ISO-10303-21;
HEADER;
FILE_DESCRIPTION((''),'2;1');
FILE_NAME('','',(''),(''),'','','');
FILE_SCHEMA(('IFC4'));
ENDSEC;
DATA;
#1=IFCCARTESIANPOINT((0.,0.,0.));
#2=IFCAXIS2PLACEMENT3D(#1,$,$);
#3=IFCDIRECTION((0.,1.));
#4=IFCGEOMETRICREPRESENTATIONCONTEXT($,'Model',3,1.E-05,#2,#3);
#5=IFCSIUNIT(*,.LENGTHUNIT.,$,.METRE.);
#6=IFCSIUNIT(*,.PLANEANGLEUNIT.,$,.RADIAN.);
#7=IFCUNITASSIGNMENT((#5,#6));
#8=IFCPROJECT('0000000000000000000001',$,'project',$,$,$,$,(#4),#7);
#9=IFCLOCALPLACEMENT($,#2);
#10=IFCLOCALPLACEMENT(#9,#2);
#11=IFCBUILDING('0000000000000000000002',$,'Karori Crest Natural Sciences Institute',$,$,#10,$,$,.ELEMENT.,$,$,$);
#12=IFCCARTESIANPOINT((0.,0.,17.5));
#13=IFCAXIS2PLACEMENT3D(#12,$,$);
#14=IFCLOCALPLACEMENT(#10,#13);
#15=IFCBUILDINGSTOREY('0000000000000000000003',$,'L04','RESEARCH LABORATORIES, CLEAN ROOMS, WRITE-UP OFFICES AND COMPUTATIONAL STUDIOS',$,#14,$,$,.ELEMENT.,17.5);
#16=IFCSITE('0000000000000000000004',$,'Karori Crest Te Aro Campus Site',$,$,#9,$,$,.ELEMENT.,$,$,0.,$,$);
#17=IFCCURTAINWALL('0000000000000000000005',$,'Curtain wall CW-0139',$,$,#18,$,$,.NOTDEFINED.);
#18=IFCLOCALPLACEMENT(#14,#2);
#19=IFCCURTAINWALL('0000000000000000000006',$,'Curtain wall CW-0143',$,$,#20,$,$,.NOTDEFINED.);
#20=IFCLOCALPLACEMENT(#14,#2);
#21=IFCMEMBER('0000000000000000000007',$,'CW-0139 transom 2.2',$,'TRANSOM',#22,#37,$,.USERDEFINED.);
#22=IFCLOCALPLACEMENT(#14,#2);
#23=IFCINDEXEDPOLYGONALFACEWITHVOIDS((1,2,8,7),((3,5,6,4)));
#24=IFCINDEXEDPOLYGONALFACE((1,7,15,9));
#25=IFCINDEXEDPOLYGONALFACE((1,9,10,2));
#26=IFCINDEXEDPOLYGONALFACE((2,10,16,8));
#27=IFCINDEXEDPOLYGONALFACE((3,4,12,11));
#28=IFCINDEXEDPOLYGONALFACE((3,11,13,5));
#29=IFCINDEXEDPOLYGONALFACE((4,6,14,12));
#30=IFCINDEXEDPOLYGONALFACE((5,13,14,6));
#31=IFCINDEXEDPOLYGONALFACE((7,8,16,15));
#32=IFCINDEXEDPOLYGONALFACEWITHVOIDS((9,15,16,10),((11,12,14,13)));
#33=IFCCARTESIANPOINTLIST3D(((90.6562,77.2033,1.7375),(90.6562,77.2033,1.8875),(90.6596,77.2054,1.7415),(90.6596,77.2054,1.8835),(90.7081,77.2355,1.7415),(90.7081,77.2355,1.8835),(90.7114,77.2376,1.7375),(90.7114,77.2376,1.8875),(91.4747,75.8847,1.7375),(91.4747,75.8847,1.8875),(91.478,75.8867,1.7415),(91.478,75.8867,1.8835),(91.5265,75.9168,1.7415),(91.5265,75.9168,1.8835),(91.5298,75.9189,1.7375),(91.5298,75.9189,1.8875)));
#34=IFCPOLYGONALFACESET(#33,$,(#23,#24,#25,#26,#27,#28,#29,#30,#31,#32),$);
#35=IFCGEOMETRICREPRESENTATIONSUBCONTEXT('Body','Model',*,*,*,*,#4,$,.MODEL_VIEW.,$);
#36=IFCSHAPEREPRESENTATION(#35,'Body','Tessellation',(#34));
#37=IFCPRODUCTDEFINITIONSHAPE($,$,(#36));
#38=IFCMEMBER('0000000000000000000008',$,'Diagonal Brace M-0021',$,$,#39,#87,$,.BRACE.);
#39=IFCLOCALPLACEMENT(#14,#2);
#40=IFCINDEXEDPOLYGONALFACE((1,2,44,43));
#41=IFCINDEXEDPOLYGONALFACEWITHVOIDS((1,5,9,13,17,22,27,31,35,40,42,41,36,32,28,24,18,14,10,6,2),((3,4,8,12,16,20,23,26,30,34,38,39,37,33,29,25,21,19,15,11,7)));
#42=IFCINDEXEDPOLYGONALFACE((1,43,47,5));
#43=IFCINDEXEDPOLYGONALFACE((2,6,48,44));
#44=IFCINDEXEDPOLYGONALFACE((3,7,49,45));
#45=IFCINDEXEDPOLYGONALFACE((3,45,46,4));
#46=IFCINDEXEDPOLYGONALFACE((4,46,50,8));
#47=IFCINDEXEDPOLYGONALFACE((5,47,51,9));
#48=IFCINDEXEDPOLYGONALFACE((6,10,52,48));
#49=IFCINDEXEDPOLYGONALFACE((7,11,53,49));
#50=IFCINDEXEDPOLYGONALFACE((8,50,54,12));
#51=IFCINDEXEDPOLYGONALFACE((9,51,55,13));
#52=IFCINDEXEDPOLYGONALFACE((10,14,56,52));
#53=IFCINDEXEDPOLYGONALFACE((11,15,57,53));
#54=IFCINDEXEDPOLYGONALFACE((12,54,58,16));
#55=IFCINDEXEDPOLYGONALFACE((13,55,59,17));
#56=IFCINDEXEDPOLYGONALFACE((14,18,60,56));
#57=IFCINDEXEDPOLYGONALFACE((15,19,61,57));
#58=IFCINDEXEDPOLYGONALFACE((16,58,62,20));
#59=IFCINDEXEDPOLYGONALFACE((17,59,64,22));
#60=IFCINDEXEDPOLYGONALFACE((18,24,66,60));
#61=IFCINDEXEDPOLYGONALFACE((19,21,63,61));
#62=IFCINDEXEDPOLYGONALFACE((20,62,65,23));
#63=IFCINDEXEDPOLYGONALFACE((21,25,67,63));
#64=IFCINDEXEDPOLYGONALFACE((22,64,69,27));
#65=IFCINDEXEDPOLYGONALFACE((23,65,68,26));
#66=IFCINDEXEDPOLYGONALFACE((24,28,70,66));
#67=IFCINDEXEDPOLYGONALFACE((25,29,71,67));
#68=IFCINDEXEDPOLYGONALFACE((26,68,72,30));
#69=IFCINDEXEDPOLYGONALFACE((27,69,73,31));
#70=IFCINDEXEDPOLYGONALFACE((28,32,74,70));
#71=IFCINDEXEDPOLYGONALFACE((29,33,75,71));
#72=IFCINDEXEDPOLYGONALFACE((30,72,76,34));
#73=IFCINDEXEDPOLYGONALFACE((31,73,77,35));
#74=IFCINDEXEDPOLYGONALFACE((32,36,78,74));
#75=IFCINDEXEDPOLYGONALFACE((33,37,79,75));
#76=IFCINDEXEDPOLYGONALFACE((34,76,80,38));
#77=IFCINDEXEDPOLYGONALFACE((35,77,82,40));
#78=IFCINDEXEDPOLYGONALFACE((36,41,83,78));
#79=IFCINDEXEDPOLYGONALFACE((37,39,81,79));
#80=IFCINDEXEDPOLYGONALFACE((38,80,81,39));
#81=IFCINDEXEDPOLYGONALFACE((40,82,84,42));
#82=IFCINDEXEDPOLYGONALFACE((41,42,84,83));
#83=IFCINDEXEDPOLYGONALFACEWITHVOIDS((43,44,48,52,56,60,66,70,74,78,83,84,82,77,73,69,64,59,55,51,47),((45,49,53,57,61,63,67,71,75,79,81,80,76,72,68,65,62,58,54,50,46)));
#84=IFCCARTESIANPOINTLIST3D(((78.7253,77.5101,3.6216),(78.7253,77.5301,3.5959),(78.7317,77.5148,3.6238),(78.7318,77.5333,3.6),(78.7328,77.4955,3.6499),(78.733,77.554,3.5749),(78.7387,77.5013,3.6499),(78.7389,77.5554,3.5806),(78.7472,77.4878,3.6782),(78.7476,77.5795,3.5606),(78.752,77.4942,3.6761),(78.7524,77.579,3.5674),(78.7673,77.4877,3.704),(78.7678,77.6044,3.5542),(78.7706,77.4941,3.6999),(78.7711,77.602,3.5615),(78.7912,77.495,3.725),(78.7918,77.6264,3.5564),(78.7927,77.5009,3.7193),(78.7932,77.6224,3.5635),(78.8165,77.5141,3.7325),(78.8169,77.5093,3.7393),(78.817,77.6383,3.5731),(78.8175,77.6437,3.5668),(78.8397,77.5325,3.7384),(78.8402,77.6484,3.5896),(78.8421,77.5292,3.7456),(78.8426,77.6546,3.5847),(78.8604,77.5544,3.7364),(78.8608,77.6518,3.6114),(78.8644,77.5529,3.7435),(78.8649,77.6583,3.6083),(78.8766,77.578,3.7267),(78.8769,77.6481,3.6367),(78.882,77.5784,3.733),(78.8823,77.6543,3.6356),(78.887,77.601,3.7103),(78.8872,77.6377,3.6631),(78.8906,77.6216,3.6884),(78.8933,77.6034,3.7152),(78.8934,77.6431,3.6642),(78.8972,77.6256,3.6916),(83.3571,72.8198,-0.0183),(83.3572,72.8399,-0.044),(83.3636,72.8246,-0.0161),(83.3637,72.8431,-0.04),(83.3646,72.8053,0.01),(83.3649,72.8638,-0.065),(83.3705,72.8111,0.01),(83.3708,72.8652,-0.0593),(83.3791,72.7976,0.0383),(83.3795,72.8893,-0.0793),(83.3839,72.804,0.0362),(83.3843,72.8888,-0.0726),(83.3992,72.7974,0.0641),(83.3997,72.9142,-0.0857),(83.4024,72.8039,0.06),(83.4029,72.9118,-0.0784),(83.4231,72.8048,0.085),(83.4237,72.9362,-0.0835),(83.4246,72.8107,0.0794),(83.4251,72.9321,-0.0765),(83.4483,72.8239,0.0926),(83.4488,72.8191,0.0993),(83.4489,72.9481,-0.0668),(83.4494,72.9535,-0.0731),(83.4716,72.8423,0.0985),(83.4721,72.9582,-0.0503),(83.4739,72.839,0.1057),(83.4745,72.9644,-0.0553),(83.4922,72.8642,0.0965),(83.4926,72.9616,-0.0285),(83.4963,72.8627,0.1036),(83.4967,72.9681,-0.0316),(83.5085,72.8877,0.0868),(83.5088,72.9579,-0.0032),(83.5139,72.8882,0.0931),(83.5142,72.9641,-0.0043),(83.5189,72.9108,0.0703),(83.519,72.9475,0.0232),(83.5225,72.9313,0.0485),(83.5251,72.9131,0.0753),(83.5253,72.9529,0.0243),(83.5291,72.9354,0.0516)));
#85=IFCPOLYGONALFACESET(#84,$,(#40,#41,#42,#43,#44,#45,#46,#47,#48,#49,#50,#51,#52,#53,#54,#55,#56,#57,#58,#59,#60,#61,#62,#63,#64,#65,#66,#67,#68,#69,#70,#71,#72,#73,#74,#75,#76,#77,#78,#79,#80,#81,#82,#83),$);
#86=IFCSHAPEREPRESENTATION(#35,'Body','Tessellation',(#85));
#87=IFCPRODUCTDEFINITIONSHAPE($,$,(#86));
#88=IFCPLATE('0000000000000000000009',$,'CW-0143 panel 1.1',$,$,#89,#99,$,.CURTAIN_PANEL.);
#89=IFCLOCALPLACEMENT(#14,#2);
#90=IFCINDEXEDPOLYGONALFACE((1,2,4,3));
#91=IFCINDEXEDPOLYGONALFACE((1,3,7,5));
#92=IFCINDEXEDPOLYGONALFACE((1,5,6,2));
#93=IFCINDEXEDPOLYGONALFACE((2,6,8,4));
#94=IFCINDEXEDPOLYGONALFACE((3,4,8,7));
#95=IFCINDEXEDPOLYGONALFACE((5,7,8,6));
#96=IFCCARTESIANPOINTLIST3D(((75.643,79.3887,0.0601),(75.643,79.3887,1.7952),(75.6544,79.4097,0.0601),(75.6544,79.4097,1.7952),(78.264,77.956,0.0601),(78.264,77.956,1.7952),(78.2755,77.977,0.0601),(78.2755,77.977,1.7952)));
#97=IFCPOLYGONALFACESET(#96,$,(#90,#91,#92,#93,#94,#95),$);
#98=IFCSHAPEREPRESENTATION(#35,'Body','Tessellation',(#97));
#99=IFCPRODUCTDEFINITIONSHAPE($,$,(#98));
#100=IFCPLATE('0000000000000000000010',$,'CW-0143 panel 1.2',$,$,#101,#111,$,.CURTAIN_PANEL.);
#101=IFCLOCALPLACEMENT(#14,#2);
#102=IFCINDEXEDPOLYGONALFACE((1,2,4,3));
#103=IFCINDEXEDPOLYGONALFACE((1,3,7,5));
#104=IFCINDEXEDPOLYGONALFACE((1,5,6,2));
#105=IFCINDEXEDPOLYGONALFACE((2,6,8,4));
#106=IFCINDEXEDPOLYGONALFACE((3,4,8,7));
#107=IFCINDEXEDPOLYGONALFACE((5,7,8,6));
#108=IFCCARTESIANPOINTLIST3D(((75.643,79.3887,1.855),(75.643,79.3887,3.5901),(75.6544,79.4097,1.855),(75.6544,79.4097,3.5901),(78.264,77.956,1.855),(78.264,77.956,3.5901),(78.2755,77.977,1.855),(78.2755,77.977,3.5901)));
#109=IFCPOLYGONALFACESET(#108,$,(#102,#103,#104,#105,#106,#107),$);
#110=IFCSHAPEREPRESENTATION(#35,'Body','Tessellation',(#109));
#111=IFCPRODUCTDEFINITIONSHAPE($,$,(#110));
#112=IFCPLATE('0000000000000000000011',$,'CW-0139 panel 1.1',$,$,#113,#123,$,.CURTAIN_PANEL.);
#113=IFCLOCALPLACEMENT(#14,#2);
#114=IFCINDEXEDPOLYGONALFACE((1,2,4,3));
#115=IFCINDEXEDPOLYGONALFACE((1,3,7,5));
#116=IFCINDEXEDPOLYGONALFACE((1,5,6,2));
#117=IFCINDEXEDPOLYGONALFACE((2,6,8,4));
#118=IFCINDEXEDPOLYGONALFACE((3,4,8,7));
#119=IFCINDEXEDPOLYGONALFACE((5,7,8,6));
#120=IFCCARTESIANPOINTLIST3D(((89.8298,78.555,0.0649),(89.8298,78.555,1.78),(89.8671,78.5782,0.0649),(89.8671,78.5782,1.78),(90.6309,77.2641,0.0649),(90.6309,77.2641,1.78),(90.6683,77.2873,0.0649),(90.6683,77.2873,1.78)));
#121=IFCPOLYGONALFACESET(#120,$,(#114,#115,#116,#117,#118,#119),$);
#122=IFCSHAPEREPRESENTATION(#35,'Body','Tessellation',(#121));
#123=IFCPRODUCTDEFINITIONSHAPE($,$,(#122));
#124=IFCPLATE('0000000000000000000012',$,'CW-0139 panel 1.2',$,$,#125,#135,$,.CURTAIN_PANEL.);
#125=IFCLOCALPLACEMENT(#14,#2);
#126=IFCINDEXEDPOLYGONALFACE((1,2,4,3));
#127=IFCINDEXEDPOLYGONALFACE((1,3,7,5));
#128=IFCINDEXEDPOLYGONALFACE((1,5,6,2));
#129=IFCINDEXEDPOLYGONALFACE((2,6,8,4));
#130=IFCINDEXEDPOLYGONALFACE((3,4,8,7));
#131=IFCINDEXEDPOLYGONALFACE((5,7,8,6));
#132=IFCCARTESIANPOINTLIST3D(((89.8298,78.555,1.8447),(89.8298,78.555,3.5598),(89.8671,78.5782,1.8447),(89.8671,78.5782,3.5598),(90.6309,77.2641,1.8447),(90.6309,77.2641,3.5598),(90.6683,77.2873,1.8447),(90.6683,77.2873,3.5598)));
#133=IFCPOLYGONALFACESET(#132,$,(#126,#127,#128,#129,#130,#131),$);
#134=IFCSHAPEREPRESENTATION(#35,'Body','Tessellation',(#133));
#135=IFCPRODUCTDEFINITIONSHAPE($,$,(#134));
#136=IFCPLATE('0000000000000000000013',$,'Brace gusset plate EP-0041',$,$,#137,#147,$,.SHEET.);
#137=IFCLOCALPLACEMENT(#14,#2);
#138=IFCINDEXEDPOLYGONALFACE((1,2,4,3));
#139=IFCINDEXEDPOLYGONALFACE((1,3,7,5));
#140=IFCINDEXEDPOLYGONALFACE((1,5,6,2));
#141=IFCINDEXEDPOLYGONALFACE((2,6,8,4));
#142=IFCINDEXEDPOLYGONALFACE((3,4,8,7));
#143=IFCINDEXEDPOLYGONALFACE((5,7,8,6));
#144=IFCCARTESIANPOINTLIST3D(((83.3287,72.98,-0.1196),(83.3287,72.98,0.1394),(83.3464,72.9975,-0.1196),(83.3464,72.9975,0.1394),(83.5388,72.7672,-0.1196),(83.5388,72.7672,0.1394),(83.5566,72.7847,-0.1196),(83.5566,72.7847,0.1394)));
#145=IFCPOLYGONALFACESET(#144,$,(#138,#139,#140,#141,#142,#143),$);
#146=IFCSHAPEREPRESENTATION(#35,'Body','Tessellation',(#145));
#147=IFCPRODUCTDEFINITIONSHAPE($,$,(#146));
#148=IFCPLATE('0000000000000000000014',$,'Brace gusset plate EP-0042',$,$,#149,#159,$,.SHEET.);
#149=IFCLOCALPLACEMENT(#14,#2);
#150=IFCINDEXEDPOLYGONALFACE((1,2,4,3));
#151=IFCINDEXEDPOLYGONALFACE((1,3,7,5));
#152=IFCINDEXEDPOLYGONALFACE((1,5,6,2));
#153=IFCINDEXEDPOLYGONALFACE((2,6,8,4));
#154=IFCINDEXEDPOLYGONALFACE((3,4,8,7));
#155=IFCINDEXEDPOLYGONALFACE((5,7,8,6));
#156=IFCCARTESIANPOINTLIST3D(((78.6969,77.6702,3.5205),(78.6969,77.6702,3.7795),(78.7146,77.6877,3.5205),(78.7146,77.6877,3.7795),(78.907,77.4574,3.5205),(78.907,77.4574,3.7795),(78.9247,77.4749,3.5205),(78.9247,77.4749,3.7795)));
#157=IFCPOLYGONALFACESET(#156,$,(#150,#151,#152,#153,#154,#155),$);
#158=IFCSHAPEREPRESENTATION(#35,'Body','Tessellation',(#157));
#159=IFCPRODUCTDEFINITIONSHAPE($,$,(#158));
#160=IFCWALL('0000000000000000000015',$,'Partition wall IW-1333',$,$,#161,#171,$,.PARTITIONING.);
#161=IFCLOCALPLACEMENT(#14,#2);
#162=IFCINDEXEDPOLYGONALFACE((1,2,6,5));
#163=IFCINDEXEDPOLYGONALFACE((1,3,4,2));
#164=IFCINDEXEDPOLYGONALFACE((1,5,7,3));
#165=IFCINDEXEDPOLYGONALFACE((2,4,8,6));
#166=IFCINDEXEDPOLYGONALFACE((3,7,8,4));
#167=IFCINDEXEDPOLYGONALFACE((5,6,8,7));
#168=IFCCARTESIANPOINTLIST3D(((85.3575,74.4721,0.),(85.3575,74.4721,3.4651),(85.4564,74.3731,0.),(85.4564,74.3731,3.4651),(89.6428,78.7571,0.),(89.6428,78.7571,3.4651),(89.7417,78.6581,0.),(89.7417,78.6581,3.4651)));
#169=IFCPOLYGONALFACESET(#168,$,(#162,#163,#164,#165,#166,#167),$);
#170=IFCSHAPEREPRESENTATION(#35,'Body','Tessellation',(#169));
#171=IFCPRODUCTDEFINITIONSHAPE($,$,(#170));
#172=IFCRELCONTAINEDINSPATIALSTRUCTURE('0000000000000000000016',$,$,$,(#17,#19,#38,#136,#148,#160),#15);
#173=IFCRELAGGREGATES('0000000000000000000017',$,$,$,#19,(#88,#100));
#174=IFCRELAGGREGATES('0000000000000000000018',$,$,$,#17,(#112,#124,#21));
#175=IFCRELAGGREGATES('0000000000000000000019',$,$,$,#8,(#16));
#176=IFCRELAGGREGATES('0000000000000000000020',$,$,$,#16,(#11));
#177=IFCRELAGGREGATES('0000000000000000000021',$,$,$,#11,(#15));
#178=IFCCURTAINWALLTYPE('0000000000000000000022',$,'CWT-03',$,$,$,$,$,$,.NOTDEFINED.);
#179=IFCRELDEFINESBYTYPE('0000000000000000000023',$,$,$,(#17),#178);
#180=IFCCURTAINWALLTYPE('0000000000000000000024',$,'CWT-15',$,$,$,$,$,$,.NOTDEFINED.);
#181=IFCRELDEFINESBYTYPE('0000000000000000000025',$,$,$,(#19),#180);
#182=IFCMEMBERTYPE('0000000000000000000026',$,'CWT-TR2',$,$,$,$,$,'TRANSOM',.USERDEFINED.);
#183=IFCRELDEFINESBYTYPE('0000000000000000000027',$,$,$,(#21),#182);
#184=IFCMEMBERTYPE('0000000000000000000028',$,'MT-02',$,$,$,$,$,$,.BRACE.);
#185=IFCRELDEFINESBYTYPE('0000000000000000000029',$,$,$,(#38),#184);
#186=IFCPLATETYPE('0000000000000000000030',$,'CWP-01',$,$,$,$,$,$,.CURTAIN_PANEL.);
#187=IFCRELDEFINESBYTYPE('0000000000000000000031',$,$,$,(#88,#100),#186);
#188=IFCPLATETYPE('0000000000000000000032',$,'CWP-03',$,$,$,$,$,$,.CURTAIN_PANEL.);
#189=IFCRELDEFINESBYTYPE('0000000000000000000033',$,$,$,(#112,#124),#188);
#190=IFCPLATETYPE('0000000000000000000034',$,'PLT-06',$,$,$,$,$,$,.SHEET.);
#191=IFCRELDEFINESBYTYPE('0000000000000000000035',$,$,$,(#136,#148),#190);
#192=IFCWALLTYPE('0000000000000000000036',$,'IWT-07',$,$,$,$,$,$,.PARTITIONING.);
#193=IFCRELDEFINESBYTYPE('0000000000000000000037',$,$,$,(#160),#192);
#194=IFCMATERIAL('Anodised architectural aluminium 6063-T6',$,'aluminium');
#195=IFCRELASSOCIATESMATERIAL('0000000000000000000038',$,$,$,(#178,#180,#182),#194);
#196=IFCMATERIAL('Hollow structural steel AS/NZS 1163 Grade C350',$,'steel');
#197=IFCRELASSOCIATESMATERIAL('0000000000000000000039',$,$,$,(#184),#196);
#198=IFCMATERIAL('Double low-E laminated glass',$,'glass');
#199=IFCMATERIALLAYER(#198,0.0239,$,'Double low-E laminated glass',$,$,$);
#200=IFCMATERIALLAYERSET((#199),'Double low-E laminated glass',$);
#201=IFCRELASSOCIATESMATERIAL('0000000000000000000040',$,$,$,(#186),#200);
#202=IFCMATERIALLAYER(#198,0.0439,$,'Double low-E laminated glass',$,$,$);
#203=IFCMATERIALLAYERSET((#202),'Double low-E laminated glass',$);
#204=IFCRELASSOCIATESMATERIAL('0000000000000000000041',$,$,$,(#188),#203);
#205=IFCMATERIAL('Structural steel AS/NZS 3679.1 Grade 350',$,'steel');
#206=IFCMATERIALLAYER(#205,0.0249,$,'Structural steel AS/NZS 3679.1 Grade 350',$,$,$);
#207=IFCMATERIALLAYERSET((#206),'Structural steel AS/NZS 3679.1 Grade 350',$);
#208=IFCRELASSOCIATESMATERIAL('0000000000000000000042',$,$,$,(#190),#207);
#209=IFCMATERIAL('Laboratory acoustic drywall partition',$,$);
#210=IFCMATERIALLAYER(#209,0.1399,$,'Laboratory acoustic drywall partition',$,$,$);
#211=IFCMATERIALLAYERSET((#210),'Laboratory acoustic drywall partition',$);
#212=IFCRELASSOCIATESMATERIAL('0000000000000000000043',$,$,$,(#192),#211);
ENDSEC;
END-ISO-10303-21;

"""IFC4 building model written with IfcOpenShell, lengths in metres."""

from ifc_helpers import new_model, si_unit, direction, frame, frame_2d, origin, origin_2d, place, context, subcontext, project, spatial, rectangle, hollow_rectangle, hollow_circle, extrude, material, layer, layer_set, material_profile, profile_set, type_object, element, aggregate, save


model = new_model("IFC4")

# Units and contexts
model_context = context("Model", 3, precision=1e-05, world=origin(), true_north=direction((0.0, 1.0)))
body_context = subcontext(model_context, "Body", "Model", "MODEL_VIEW")
ifc_project = project(units=[si_unit("LENGTHUNIT", "METRE"), si_unit("PLANEANGLEUNIT", "RADIAN")], contexts=[model_context])

# Site, building, storey
site_placement = place(None, origin())
site = spatial("IfcSite", under=ifc_project, at=site_placement, Name="Karori Crest Te Aro Campus Site", CompositionType="ELEMENT", RefElevation=0.0)
building_placement = place(site_placement, origin())
building = spatial("IfcBuilding", under=site, at=building_placement, Name="Karori Crest Natural Sciences Institute", CompositionType="ELEMENT")
storey_placement = place(building_placement, frame((0.0, 0.0, 17.5)))
storey = spatial("IfcBuildingStorey", under=building, at=storey_placement, Name="L04", Description="RESEARCH LABORATORIES, CLEAN ROOMS, WRITE-UP OFFICES AND COMPUTATIONAL STUDIOS", CompositionType="ELEMENT", Elevation=17.5)

# Shared definitions
ifc_material_1 = material(Name="Structural steel AS/NZS 3679.1 Grade 350", Category="steel")

# Shared definitions
ifc_material_2 = material(Name="Hollow structural steel AS/NZS 1163 Grade C350", Category="steel")

# Curtain wall
ifc_material_3 = material(Name="Anodised architectural aluminium 6063-T6", Category="aluminium")
curtain_wall_type_1 = type_object("IfcCurtainWallType", Name="CWT-03", PredefinedType="NOTDEFINED", material=ifc_material_3)
curtain_wall_1_placement = place(storey_placement, origin())
curtain_wall_1 = element("IfcCurtainWall", 1, at=curtain_wall_1_placement, inside=storey, type_object=curtain_wall_type_1, Name="Curtain wall CW-0139", PredefinedType="NOTDEFINED")

# Curtain wall
curtain_wall_type_2 = type_object("IfcCurtainWallType", Name="CWT-15", PredefinedType="NOTDEFINED", material=ifc_material_3)
curtain_wall_2_placement = place(storey_placement, origin())
curtain_wall_2 = element("IfcCurtainWall", 2, at=curtain_wall_2_placement, inside=storey, type_object=curtain_wall_type_2, Name="Curtain wall CW-0143", PredefinedType="NOTDEFINED")

# Members
ifc_material_profile_1 = material_profile(ifc_material_3, hollow_rectangle(XDim=0.0649, YDim=0.1499, WallThickness=0.0039, at=origin_2d()), Name="CWT150x65x4")
ifc_profile_set_1 = profile_set([ifc_material_profile_1], Name="Anodised architectural aluminium 6063-T6")
member_type_1 = type_object("IfcMemberType", Name="CWT-TR2", ElementType="TRANSOM", PredefinedType="USERDEFINED", material=ifc_profile_set_1)
member_1_placement = place(storey_placement, frame((90.6838, 77.2205, 1.8125), z_axis=(0.527324, -0.849664, 0.0), x_axis=(0.849664, 0.527324, 0.0)))
member_1 = element("IfcMember", 3, at=member_1_placement, type_object=member_type_1, Name="CW-0139 transom 2.2", ObjectType="TRANSOM", PredefinedType="USERDEFINED", context=body_context, shape_type="SweptSolid", body=[
    extrude(hollow_rectangle(XDim=0.0649, YDim=0.1499, WallThickness=0.0039, at=origin_2d()), origin(), (0.0, 0.0, 1.0), 1.552),
])
ifc_material_profile_2 = material_profile(ifc_material_2, hollow_circle(Radius=0.1096, WallThickness=0.0083, at=origin_2d()), Name="CHS219.1x8.2")
ifc_profile_set_2 = profile_set([ifc_material_profile_2], Name="Hollow structural steel AS/NZS 1163 Grade C350")
member_type_2 = type_object("IfcMemberType", Name="MT-02", PredefinedType="BRACE", material=ifc_profile_set_2)
member_2_placement = place(storey_placement, frame((83.4426, 72.8823, 0.01), z_axis=(-0.615119, 0.622868, 0.483387), x_axis=(-0.711519, -0.702667, 0.0)))
element("IfcMember", 4, at=member_2_placement, inside=storey, type_object=member_type_2, Name="Diagonal Brace M-0021", PredefinedType="BRACE", context=body_context, shape_type="SweptSolid", body=[
    extrude(hollow_circle(Radius=0.1096, WallThickness=0.0083, at=origin_2d()), origin(), (0.0, 0.0, 1.0), 7.53),
])

# Plates
ifc_material_4 = material(Name="Double low-E laminated glass", Category="glass")
ifc_layer_1 = layer(ifc_material_4, 0.0239, Name="Double low-E laminated glass")
ifc_layer_set_1 = layer_set([ifc_layer_1], Name="Double low-E laminated glass")
plate_type_1 = type_object("IfcPlateType", Name="CWP-01", PredefinedType="CURTAIN_PANEL", material=ifc_layer_set_1)
plate_1_placement = place(storey_placement, frame((76.9592, 78.6829, 0.0601), z_axis=(0.0, 0.0, 1.0), x_axis=(-0.87747, 0.479631, 0.0)))
plate_1 = element("IfcPlate", 5, at=plate_1_placement, type_object=plate_type_1, Name="CW-0143 panel 1.1", PredefinedType="CURTAIN_PANEL", context=body_context, shape_type="SweptSolid", body=[
    extrude(rectangle(XDim=2.9871, YDim=0.0239, at=origin_2d()), origin(), (0.0, 0.0, 1.0), 1.7351),
])
plate_2_placement = place(storey_placement, frame((76.9592, 78.6829, 1.855), z_axis=(0.0, 0.0, 1.0), x_axis=(-0.87747, 0.479631, 0.0)))
plate_2 = element("IfcPlate", 6, at=plate_2_placement, type_object=plate_type_1, Name="CW-0143 panel 1.2", PredefinedType="CURTAIN_PANEL", context=body_context, shape_type="SweptSolid", body=[
    extrude(rectangle(XDim=2.9871, YDim=0.0239, at=origin_2d()), origin(), (0.0, 0.0, 1.0), 1.7351),
])
aggregate(curtain_wall_2, [plate_1, plate_2])
ifc_layer_2 = layer(ifc_material_4, 0.0439, Name="Double low-E laminated glass")
ifc_layer_set_2 = layer_set([ifc_layer_2], Name="Double low-E laminated glass")
plate_type_2 = type_object("IfcPlateType", Name="CWP-03", PredefinedType="CURTAIN_PANEL", material=ifc_layer_set_2)
plate_3_placement = place(storey_placement, frame((90.249, 77.9211, 0.0649), z_axis=(0.0, 0.0, 1.0), x_axis=(0.527328, -0.849662, 0.0)))
plate_3 = element("IfcPlate", 7, at=plate_3_placement, type_object=plate_type_2, Name="CW-0139 panel 1.1", PredefinedType="CURTAIN_PANEL", context=body_context, shape_type="SweptSolid", body=[
    extrude(rectangle(XDim=1.5193, YDim=0.0439, at=origin_2d()), origin(), (0.0, 0.0, 1.0), 1.7151),
])
plate_4_placement = place(storey_placement, frame((90.249, 77.9211, 1.8447), z_axis=(0.0, 0.0, 1.0), x_axis=(0.527328, -0.849662, 0.0)))
plate_4 = element("IfcPlate", 8, at=plate_4_placement, type_object=plate_type_2, Name="CW-0139 panel 1.2", PredefinedType="CURTAIN_PANEL", context=body_context, shape_type="SweptSolid", body=[
    extrude(rectangle(XDim=1.5193, YDim=0.0439, at=origin_2d()), origin(), (0.0, 0.0, 1.0), 1.7151),
])
aggregate(curtain_wall_1, [plate_3, plate_4, member_1])

# Plates
ifc_layer_3 = layer(ifc_material_1, 0.0249, Name="Structural steel AS/NZS 3679.1 Grade 350")
ifc_layer_set_3 = layer_set([ifc_layer_3], Name="Structural steel AS/NZS 3679.1 Grade 350")
plate_type_3 = type_object("IfcPlateType", Name="PLT-06", PredefinedType="SHEET", material=ifc_layer_set_3)
for number, where, z_axis, x_axis, name in (
    (9, (83.4426, 72.8823, -0.1196), (0.0, 0.0, 1.0), (-0.702664, 0.711522, 0.0), "Brace gusset plate EP-0041"),
    (10, (78.8108, 77.5725, 3.5205), (0.0, 0.0, 1.0), (-0.702664, 0.711522, 0.0), "Brace gusset plate EP-0042"),
):
    element("IfcPlate", number, at=place(storey_placement, frame(where, z_axis=z_axis, x_axis=x_axis)), inside=storey, type_object=plate_type_3, Name=name, PredefinedType="SHEET", context=body_context, shape_type="SweptSolid", body=[
        extrude(rectangle(XDim=0.2991, YDim=0.0249, at=origin_2d()), origin(), (0.0, 0.0, 1.0), 0.259),
    ])

# Wall
ifc_material_5 = material(Name="Laboratory acoustic drywall partition")
ifc_layer_4 = layer(ifc_material_5, 0.1399, Name="Laboratory acoustic drywall partition")
ifc_layer_set_4 = layer_set([ifc_layer_4], Name="Laboratory acoustic drywall partition")
wall_type_1 = type_object("IfcWallType", Name="IWT-07", PredefinedType="PARTITIONING", material=ifc_layer_set_4)
wall_1_placement = place(storey_placement, frame((85.407, 74.4226, 0.0), z_axis=(0.0, 0.0, 1.0), x_axis=(0.707127, 0.707087, 0.0)))
element("IfcWall", 11, at=wall_1_placement, inside=storey, type_object=wall_type_1, Name="Partition wall IW-1333", PredefinedType="PARTITIONING", context=body_context, shape_type="SweptSolid", body=[
    extrude(rectangle(XDim=6.0601, YDim=0.1399, at=frame_2d((3.03, 0.0))), origin(), (0.0, 0.0, 1.0), 3.4651),
])

save(model, "model.ifc")
